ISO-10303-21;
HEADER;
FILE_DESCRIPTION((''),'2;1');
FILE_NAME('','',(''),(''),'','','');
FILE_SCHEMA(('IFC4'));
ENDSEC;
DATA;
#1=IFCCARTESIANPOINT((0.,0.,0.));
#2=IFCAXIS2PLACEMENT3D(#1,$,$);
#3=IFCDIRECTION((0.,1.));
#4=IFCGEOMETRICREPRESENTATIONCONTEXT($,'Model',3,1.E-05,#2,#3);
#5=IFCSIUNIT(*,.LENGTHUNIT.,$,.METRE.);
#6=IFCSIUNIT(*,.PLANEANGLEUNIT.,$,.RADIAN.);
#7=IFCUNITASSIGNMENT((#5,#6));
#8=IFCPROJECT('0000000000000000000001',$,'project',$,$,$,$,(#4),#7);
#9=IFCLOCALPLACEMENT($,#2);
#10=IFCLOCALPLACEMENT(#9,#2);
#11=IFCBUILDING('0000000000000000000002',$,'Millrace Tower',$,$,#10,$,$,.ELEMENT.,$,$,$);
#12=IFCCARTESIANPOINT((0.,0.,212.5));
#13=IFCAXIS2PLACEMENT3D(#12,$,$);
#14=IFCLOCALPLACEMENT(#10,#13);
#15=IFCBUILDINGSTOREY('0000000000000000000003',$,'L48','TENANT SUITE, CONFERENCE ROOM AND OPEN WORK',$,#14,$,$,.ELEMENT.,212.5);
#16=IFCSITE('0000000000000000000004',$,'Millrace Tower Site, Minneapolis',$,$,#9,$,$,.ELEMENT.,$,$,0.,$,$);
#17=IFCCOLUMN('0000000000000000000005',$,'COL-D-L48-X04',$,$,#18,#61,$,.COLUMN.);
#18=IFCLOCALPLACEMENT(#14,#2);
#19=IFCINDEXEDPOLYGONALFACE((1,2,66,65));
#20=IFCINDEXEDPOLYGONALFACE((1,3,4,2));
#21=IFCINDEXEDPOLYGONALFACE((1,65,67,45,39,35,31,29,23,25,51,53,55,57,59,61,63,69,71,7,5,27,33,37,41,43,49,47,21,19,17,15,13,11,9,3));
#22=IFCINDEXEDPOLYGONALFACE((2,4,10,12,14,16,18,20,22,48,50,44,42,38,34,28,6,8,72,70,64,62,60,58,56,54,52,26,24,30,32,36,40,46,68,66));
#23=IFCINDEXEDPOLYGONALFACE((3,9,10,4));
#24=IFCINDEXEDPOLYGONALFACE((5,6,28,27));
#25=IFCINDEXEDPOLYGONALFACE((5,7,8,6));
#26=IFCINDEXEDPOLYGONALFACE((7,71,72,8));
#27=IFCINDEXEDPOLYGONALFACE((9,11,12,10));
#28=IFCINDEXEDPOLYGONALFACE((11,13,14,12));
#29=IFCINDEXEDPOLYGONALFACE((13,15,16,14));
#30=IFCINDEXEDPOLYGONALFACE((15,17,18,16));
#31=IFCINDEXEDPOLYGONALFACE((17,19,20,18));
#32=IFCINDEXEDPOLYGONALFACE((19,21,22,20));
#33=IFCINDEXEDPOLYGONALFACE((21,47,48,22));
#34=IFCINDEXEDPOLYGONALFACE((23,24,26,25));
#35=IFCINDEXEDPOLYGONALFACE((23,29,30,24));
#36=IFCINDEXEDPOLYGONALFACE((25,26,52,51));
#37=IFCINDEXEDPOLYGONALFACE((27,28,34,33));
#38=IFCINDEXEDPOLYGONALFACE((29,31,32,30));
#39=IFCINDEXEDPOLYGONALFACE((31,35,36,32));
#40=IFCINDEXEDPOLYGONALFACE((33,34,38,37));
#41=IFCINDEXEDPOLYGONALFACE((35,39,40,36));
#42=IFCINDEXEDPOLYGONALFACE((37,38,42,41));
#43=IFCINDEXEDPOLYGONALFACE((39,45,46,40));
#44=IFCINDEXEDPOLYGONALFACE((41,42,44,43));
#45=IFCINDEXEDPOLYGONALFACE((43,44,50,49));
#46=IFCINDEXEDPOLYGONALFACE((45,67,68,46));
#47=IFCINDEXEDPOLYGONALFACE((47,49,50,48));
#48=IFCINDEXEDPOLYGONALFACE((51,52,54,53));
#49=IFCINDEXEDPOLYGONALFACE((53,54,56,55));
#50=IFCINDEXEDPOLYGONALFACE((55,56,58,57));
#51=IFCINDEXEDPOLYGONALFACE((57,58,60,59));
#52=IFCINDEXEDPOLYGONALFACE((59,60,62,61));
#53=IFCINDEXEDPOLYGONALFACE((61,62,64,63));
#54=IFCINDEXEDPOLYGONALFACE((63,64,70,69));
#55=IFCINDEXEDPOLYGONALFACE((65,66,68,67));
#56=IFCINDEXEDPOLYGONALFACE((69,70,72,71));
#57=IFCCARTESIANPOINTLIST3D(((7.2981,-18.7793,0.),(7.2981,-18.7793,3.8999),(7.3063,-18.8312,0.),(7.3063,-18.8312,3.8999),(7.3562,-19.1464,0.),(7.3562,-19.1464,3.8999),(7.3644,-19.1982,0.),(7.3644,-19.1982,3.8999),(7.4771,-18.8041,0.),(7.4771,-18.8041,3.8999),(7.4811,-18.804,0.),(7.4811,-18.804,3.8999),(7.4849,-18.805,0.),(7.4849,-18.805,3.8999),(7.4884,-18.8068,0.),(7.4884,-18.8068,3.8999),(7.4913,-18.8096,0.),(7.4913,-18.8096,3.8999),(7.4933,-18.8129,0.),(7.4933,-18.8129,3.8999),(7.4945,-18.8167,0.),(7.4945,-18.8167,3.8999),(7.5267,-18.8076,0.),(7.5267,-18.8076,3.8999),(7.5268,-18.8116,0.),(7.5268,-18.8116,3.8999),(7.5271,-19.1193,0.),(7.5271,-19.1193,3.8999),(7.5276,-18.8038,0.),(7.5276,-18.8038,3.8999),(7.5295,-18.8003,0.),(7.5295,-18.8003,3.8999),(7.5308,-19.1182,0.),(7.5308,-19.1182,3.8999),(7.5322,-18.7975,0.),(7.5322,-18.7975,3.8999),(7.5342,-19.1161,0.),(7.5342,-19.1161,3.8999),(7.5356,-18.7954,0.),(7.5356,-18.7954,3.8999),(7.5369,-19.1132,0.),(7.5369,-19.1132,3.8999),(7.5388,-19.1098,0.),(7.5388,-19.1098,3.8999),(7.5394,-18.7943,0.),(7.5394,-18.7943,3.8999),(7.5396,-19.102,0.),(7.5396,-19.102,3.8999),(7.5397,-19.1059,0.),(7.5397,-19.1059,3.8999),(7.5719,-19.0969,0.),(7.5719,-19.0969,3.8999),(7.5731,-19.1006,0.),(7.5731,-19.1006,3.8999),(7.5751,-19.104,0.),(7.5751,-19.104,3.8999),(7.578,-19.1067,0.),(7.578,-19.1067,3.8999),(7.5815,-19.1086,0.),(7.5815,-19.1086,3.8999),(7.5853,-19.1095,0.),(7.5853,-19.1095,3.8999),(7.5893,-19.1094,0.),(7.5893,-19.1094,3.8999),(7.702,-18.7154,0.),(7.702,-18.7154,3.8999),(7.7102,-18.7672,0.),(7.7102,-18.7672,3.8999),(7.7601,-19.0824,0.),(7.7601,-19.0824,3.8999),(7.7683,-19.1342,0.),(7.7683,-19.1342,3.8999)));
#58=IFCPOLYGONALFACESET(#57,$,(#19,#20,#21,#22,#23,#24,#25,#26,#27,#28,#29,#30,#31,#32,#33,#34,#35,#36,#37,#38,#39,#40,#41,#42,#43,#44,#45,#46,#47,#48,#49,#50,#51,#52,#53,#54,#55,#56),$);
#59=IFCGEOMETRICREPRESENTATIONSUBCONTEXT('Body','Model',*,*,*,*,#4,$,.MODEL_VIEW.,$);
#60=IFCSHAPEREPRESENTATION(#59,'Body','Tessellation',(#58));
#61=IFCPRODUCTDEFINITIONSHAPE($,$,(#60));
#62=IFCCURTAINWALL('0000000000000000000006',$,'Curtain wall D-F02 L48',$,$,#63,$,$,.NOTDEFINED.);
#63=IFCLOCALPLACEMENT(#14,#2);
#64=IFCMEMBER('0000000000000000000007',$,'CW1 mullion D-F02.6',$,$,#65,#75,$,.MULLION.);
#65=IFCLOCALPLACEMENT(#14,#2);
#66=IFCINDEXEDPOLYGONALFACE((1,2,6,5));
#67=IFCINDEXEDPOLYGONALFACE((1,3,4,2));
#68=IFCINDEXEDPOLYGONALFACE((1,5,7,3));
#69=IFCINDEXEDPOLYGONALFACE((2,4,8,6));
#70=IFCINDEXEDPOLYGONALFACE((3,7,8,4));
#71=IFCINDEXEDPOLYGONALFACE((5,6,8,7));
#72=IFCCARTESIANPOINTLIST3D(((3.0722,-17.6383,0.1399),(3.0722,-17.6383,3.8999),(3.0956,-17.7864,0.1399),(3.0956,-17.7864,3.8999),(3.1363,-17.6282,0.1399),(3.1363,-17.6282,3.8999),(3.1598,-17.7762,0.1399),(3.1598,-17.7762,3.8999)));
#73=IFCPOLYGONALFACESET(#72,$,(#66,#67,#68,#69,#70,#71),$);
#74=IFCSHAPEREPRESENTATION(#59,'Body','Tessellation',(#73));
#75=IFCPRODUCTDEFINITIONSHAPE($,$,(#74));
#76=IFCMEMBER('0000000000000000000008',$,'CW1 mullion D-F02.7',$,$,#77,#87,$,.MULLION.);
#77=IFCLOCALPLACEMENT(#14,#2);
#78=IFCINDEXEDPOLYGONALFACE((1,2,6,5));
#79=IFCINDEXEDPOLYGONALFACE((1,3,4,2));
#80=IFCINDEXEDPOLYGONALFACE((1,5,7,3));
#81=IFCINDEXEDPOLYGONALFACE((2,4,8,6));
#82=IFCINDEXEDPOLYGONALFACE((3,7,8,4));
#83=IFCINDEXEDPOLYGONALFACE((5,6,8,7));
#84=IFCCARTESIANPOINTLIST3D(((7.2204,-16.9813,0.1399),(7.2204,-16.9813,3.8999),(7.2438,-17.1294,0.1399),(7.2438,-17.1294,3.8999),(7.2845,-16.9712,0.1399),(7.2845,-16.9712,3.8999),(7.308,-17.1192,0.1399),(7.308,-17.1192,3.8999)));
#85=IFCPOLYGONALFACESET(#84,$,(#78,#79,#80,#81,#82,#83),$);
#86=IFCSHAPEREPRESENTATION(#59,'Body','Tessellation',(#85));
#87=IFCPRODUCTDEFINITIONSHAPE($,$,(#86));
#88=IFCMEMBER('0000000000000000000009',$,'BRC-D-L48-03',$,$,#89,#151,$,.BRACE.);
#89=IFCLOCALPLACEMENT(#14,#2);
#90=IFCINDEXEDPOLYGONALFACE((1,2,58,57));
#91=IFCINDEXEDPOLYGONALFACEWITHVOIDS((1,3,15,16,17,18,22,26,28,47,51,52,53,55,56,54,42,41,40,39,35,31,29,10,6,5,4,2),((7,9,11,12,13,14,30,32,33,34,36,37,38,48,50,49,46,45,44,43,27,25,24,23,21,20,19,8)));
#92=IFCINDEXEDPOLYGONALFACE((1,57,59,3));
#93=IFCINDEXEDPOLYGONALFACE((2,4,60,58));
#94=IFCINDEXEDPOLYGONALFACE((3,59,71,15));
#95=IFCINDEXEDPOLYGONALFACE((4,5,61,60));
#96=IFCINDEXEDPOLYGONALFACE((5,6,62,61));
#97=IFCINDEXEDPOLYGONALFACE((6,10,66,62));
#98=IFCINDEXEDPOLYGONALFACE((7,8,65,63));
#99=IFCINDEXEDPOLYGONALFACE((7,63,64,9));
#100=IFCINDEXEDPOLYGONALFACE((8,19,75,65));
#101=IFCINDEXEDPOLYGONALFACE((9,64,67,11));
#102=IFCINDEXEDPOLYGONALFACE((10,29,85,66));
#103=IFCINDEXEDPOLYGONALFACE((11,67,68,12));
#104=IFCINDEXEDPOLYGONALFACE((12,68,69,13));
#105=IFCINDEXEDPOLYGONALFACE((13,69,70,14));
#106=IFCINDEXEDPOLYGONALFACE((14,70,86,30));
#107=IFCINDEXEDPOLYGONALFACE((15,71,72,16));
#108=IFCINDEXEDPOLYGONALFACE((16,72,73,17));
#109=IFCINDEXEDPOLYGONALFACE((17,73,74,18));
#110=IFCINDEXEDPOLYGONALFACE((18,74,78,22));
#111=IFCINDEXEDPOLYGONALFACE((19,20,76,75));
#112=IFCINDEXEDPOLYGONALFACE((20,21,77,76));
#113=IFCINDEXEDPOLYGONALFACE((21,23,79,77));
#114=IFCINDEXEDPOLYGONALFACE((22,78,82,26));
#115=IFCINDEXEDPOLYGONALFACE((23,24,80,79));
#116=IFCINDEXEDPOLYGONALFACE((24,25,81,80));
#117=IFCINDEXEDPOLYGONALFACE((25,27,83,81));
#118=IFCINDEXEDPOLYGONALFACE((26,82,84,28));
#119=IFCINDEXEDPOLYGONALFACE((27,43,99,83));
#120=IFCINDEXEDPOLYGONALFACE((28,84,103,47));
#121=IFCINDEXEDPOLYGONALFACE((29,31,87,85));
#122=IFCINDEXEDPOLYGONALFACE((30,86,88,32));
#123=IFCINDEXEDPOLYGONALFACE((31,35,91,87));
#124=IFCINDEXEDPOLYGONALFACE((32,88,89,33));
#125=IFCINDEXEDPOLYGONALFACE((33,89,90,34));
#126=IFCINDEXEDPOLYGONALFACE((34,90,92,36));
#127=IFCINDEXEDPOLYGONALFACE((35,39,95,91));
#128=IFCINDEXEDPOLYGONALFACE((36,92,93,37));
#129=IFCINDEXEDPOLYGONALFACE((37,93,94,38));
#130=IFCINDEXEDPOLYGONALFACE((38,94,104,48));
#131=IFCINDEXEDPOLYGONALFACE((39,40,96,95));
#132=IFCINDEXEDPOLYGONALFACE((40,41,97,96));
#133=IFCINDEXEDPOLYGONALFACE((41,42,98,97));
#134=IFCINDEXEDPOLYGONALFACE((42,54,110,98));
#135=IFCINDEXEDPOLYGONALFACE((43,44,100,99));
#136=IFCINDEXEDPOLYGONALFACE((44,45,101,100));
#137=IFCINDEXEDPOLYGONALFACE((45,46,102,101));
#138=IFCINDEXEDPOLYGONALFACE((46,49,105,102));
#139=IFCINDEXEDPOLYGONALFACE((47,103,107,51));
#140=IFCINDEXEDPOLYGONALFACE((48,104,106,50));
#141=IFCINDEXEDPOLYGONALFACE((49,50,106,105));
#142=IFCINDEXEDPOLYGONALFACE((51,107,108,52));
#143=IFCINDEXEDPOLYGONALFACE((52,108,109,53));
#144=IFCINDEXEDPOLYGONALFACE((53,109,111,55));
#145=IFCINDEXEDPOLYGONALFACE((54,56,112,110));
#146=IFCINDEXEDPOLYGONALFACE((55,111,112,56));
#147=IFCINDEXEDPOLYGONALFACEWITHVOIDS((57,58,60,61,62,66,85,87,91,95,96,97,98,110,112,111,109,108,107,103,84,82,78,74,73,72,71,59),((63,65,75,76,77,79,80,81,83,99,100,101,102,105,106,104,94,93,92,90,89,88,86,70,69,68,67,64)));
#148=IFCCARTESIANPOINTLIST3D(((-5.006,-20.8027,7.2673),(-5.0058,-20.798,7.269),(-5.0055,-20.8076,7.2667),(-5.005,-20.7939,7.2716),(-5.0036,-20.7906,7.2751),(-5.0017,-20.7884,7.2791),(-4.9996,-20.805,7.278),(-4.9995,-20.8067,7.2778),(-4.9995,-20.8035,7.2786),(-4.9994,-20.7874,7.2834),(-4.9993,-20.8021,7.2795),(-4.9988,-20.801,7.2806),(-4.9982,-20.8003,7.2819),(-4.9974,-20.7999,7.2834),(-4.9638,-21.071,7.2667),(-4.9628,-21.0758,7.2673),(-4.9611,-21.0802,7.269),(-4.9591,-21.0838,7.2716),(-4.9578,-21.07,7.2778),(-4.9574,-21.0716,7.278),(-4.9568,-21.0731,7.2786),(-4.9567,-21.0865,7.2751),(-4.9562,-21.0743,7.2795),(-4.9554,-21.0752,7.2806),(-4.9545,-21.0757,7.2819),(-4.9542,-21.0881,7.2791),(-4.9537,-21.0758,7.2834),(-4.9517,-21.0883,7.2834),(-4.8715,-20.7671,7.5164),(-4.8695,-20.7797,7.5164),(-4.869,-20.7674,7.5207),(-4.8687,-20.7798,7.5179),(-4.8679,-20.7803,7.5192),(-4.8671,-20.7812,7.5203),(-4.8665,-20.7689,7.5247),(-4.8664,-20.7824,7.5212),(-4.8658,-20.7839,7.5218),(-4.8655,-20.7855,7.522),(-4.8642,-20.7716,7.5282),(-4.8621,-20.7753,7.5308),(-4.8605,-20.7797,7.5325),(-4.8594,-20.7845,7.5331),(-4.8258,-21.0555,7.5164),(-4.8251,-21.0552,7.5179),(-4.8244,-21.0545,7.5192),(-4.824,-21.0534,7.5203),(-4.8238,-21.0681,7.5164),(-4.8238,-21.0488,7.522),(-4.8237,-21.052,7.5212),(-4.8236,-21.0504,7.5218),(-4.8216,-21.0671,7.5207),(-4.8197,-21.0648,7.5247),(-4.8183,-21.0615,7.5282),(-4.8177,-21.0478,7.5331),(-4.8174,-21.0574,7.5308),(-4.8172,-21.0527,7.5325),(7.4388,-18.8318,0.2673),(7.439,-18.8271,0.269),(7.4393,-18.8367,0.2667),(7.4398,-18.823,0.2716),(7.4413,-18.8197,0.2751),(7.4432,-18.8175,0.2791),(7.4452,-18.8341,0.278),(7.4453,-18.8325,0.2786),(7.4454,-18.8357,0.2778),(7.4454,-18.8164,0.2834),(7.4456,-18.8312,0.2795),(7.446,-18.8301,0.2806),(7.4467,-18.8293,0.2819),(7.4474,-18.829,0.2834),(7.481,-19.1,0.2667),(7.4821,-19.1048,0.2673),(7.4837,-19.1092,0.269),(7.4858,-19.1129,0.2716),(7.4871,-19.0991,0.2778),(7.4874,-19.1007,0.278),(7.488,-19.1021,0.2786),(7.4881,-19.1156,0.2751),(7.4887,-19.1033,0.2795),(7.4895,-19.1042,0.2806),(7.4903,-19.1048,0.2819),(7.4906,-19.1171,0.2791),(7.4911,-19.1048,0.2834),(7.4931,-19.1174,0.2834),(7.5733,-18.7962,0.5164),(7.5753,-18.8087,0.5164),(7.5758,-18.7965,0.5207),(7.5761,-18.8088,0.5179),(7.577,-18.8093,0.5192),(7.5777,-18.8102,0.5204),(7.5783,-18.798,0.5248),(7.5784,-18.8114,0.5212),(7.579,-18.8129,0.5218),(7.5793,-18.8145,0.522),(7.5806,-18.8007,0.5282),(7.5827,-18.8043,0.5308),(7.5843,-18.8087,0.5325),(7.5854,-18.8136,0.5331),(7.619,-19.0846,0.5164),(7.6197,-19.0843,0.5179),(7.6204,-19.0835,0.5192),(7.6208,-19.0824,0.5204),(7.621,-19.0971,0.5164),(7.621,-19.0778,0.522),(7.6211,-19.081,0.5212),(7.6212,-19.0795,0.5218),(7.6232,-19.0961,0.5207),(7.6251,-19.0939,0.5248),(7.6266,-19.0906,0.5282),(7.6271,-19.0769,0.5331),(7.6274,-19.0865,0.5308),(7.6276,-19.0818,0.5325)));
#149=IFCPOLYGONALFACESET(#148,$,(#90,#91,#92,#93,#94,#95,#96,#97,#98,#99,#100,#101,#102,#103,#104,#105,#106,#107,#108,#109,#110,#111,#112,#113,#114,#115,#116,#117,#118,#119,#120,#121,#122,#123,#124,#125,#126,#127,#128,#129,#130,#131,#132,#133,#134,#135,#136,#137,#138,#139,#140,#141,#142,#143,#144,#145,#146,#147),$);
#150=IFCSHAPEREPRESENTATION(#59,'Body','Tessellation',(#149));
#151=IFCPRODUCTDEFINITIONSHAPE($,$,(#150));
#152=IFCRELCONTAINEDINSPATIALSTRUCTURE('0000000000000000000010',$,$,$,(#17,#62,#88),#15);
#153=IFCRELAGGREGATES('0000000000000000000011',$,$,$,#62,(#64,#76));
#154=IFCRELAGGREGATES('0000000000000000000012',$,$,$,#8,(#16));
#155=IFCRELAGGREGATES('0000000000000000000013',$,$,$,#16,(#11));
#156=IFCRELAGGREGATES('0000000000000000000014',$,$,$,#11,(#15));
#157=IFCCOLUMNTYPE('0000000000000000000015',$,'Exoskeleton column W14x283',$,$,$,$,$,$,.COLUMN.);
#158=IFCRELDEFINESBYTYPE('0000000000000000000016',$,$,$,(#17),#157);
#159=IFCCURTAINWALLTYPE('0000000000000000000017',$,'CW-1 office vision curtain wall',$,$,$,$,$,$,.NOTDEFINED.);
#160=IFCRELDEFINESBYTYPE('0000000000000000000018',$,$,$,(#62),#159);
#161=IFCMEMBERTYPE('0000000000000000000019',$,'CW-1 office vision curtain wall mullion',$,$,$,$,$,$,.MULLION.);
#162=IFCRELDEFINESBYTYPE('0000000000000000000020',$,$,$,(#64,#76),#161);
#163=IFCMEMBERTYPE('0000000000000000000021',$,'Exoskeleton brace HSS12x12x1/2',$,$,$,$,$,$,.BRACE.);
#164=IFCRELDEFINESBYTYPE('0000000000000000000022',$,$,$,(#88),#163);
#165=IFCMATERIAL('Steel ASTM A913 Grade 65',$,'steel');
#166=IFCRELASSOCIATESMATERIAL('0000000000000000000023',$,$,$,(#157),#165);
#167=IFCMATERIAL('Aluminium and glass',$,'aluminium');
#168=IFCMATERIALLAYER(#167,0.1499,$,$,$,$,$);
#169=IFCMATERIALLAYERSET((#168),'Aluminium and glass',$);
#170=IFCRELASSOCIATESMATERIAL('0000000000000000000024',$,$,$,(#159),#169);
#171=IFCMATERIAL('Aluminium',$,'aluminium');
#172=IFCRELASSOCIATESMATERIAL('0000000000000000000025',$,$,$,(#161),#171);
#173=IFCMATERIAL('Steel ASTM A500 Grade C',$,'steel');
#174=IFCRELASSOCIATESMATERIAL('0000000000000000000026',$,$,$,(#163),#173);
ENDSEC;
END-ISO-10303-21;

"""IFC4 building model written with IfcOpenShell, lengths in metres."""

from ifc_helpers import new_model, si_unit, direction, frame, origin, origin_2d, place, context, subcontext, project, spatial, rectangle, hollow_rectangle, i_section, extrude, material, layer, layer_set, material_profile, profile_set, type_object, element, aggregate, save


model = new_model("IFC4")

# Units and contexts
model_context = context("Model", 3, precision=1e-05, world=origin(), true_north=direction((0.0, 1.0)))
body_context = subcontext(model_context, "Body", "Model", "MODEL_VIEW")
ifc_project = project(units=[si_unit("LENGTHUNIT", "METRE"), si_unit("PLANEANGLEUNIT", "RADIAN")], contexts=[model_context])

# Site, building, storey
site_placement = place(None, origin())
site = spatial("IfcSite", under=ifc_project, at=site_placement, Name="Millrace Tower Site, Minneapolis", CompositionType="ELEMENT", RefElevation=0.0)
building_placement = place(site_placement, origin())
building = spatial("IfcBuilding", under=site, at=building_placement, Name="Millrace Tower", CompositionType="ELEMENT")
storey_placement = place(building_placement, frame((0.0, 0.0, 212.5)))
storey = spatial("IfcBuildingStorey", under=building, at=storey_placement, Name="L48", Description="TENANT SUITE, CONFERENCE ROOM AND OPEN WORK", CompositionType="ELEMENT", Elevation=212.5)

# Column
ifc_material_1 = material(Name="Steel ASTM A913 Grade 65", Category="steel")
ifc_material_profile_1 = material_profile(ifc_material_1, i_section(OverallWidth=0.4089, OverallDepth=0.4241, WebThickness=0.0327, FlangeThickness=0.0525, FilletRadius=0.0151, at=origin_2d()))
ifc_profile_set_1 = profile_set([ifc_material_profile_1], Name="Steel ASTM A913 Grade 65")
column_type = type_object("IfcColumnType", Name="Exoskeleton column W14x283", PredefinedType="COLUMN", material=ifc_profile_set_1)
column_placement = place(storey_placement, frame((7.5332, -18.9568, 0.0), z_axis=(0.0, 0.0, 1.0), x_axis=(0.987688, 0.156434, 0.0)))
element("IfcColumn", 1, at=column_placement, inside=storey, type_object=column_type, Name="COL-D-L48-X04", PredefinedType="COLUMN", context=body_context, shape_type="SweptSolid", body=[
    extrude(i_section(OverallWidth=0.4089, OverallDepth=0.4241, WebThickness=0.0327, FlangeThickness=0.0525, FilletRadius=0.0151, at=origin_2d()), origin(), (0.0, 0.0, 1.0), 3.8999),
])

# Curtain wall, members
ifc_material_2 = material(Name="Aluminium and glass", Category="aluminium")
ifc_layer_1 = layer(ifc_material_2, 0.1499)
ifc_layer_set_1 = layer_set([ifc_layer_1], Name="Aluminium and glass")
curtain_wall_type = type_object("IfcCurtainWallType", Name="CW-1 office vision curtain wall", PredefinedType="NOTDEFINED", material=ifc_layer_set_1)
placement_1 = place(storey_placement, origin())
curtain_wall_1 = element("IfcCurtainWall", 2, at=placement_1, inside=storey, type_object=curtain_wall_type, Name="Curtain wall D-F02 L48", PredefinedType="NOTDEFINED")
ifc_material_3 = material(Name="Aluminium", Category="aluminium")
ifc_material_profile_2 = material_profile(ifc_material_3, rectangle(XDim=0.0649, YDim=0.1499, at=origin_2d()))
ifc_profile_set_2 = profile_set([ifc_material_profile_2], Name="Aluminium")
member_type_1 = type_object("IfcMemberType", Name="CW-1 office vision curtain wall mullion", PredefinedType="MULLION", material=ifc_profile_set_2)
member_1_placement = place(storey_placement, frame((3.116, -17.7073, 0.1399), z_axis=(0.0, 0.0, 1.0), x_axis=(0.987688, 0.156434, 0.0)))
member_1 = element("IfcMember", 3, at=member_1_placement, type_object=member_type_1, Name="CW1 mullion D-F02.6", PredefinedType="MULLION", context=body_context, shape_type="SweptSolid", body=[
    extrude(rectangle(XDim=0.0649, YDim=0.1499, at=origin_2d()), origin(), (0.0, 0.0, 1.0), 3.76),
])
member_2_placement = place(storey_placement, frame((7.2642, -17.0503, 0.1399), z_axis=(0.0, 0.0, 1.0), x_axis=(0.987688, 0.156434, 0.0)))
member_2 = element("IfcMember", 4, at=member_2_placement, type_object=member_type_1, Name="CW1 mullion D-F02.7", PredefinedType="MULLION", context=body_context, shape_type="SweptSolid", body=[
    extrude(rectangle(XDim=0.0649, YDim=0.1499, at=origin_2d()), origin(), (0.0, 0.0, 1.0), 3.76),
])
aggregate(curtain_wall_1, [member_1, member_2])

# Member
ifc_material_4 = material(Name="Steel ASTM A500 Grade C", Category="steel")
ifc_material_profile_3 = material_profile(ifc_material_4, hollow_rectangle(XDim=0.3047, YDim=0.3047, WallThickness=0.0127, InnerFilletRadius=0.0063, OuterFilletRadius=0.019, at=origin_2d()))
ifc_profile_set_3 = profile_set([ifc_material_profile_3], Name="Steel ASTM A500 Grade C")
member_type_2 = type_object("IfcMemberType", Name="Exoskeleton brace HSS12x12x1/2", PredefinedType="BRACE", material=ifc_profile_set_3)
member_3_placement = place(storey_placement, frame((7.5332, -18.9568, 0.3999), z_axis=(-0.863395, -0.13674, 0.485645), x_axis=(0.156425, -0.98769, 0.0)))
element("IfcMember", 5, at=member_3_placement, inside=storey, type_object=member_type_2, Name="BRC-D-L48-03", PredefinedType="BRACE", context=body_context, shape_type="SweptSolid", body=[
    extrude(hollow_rectangle(XDim=0.3047, YDim=0.3047, WallThickness=0.0127, InnerFilletRadius=0.0063, OuterFilletRadius=0.019, at=origin_2d()), origin(), (0.0, 0.0, 1.0), 14.4138),
])

save(model, "model.ifc")
